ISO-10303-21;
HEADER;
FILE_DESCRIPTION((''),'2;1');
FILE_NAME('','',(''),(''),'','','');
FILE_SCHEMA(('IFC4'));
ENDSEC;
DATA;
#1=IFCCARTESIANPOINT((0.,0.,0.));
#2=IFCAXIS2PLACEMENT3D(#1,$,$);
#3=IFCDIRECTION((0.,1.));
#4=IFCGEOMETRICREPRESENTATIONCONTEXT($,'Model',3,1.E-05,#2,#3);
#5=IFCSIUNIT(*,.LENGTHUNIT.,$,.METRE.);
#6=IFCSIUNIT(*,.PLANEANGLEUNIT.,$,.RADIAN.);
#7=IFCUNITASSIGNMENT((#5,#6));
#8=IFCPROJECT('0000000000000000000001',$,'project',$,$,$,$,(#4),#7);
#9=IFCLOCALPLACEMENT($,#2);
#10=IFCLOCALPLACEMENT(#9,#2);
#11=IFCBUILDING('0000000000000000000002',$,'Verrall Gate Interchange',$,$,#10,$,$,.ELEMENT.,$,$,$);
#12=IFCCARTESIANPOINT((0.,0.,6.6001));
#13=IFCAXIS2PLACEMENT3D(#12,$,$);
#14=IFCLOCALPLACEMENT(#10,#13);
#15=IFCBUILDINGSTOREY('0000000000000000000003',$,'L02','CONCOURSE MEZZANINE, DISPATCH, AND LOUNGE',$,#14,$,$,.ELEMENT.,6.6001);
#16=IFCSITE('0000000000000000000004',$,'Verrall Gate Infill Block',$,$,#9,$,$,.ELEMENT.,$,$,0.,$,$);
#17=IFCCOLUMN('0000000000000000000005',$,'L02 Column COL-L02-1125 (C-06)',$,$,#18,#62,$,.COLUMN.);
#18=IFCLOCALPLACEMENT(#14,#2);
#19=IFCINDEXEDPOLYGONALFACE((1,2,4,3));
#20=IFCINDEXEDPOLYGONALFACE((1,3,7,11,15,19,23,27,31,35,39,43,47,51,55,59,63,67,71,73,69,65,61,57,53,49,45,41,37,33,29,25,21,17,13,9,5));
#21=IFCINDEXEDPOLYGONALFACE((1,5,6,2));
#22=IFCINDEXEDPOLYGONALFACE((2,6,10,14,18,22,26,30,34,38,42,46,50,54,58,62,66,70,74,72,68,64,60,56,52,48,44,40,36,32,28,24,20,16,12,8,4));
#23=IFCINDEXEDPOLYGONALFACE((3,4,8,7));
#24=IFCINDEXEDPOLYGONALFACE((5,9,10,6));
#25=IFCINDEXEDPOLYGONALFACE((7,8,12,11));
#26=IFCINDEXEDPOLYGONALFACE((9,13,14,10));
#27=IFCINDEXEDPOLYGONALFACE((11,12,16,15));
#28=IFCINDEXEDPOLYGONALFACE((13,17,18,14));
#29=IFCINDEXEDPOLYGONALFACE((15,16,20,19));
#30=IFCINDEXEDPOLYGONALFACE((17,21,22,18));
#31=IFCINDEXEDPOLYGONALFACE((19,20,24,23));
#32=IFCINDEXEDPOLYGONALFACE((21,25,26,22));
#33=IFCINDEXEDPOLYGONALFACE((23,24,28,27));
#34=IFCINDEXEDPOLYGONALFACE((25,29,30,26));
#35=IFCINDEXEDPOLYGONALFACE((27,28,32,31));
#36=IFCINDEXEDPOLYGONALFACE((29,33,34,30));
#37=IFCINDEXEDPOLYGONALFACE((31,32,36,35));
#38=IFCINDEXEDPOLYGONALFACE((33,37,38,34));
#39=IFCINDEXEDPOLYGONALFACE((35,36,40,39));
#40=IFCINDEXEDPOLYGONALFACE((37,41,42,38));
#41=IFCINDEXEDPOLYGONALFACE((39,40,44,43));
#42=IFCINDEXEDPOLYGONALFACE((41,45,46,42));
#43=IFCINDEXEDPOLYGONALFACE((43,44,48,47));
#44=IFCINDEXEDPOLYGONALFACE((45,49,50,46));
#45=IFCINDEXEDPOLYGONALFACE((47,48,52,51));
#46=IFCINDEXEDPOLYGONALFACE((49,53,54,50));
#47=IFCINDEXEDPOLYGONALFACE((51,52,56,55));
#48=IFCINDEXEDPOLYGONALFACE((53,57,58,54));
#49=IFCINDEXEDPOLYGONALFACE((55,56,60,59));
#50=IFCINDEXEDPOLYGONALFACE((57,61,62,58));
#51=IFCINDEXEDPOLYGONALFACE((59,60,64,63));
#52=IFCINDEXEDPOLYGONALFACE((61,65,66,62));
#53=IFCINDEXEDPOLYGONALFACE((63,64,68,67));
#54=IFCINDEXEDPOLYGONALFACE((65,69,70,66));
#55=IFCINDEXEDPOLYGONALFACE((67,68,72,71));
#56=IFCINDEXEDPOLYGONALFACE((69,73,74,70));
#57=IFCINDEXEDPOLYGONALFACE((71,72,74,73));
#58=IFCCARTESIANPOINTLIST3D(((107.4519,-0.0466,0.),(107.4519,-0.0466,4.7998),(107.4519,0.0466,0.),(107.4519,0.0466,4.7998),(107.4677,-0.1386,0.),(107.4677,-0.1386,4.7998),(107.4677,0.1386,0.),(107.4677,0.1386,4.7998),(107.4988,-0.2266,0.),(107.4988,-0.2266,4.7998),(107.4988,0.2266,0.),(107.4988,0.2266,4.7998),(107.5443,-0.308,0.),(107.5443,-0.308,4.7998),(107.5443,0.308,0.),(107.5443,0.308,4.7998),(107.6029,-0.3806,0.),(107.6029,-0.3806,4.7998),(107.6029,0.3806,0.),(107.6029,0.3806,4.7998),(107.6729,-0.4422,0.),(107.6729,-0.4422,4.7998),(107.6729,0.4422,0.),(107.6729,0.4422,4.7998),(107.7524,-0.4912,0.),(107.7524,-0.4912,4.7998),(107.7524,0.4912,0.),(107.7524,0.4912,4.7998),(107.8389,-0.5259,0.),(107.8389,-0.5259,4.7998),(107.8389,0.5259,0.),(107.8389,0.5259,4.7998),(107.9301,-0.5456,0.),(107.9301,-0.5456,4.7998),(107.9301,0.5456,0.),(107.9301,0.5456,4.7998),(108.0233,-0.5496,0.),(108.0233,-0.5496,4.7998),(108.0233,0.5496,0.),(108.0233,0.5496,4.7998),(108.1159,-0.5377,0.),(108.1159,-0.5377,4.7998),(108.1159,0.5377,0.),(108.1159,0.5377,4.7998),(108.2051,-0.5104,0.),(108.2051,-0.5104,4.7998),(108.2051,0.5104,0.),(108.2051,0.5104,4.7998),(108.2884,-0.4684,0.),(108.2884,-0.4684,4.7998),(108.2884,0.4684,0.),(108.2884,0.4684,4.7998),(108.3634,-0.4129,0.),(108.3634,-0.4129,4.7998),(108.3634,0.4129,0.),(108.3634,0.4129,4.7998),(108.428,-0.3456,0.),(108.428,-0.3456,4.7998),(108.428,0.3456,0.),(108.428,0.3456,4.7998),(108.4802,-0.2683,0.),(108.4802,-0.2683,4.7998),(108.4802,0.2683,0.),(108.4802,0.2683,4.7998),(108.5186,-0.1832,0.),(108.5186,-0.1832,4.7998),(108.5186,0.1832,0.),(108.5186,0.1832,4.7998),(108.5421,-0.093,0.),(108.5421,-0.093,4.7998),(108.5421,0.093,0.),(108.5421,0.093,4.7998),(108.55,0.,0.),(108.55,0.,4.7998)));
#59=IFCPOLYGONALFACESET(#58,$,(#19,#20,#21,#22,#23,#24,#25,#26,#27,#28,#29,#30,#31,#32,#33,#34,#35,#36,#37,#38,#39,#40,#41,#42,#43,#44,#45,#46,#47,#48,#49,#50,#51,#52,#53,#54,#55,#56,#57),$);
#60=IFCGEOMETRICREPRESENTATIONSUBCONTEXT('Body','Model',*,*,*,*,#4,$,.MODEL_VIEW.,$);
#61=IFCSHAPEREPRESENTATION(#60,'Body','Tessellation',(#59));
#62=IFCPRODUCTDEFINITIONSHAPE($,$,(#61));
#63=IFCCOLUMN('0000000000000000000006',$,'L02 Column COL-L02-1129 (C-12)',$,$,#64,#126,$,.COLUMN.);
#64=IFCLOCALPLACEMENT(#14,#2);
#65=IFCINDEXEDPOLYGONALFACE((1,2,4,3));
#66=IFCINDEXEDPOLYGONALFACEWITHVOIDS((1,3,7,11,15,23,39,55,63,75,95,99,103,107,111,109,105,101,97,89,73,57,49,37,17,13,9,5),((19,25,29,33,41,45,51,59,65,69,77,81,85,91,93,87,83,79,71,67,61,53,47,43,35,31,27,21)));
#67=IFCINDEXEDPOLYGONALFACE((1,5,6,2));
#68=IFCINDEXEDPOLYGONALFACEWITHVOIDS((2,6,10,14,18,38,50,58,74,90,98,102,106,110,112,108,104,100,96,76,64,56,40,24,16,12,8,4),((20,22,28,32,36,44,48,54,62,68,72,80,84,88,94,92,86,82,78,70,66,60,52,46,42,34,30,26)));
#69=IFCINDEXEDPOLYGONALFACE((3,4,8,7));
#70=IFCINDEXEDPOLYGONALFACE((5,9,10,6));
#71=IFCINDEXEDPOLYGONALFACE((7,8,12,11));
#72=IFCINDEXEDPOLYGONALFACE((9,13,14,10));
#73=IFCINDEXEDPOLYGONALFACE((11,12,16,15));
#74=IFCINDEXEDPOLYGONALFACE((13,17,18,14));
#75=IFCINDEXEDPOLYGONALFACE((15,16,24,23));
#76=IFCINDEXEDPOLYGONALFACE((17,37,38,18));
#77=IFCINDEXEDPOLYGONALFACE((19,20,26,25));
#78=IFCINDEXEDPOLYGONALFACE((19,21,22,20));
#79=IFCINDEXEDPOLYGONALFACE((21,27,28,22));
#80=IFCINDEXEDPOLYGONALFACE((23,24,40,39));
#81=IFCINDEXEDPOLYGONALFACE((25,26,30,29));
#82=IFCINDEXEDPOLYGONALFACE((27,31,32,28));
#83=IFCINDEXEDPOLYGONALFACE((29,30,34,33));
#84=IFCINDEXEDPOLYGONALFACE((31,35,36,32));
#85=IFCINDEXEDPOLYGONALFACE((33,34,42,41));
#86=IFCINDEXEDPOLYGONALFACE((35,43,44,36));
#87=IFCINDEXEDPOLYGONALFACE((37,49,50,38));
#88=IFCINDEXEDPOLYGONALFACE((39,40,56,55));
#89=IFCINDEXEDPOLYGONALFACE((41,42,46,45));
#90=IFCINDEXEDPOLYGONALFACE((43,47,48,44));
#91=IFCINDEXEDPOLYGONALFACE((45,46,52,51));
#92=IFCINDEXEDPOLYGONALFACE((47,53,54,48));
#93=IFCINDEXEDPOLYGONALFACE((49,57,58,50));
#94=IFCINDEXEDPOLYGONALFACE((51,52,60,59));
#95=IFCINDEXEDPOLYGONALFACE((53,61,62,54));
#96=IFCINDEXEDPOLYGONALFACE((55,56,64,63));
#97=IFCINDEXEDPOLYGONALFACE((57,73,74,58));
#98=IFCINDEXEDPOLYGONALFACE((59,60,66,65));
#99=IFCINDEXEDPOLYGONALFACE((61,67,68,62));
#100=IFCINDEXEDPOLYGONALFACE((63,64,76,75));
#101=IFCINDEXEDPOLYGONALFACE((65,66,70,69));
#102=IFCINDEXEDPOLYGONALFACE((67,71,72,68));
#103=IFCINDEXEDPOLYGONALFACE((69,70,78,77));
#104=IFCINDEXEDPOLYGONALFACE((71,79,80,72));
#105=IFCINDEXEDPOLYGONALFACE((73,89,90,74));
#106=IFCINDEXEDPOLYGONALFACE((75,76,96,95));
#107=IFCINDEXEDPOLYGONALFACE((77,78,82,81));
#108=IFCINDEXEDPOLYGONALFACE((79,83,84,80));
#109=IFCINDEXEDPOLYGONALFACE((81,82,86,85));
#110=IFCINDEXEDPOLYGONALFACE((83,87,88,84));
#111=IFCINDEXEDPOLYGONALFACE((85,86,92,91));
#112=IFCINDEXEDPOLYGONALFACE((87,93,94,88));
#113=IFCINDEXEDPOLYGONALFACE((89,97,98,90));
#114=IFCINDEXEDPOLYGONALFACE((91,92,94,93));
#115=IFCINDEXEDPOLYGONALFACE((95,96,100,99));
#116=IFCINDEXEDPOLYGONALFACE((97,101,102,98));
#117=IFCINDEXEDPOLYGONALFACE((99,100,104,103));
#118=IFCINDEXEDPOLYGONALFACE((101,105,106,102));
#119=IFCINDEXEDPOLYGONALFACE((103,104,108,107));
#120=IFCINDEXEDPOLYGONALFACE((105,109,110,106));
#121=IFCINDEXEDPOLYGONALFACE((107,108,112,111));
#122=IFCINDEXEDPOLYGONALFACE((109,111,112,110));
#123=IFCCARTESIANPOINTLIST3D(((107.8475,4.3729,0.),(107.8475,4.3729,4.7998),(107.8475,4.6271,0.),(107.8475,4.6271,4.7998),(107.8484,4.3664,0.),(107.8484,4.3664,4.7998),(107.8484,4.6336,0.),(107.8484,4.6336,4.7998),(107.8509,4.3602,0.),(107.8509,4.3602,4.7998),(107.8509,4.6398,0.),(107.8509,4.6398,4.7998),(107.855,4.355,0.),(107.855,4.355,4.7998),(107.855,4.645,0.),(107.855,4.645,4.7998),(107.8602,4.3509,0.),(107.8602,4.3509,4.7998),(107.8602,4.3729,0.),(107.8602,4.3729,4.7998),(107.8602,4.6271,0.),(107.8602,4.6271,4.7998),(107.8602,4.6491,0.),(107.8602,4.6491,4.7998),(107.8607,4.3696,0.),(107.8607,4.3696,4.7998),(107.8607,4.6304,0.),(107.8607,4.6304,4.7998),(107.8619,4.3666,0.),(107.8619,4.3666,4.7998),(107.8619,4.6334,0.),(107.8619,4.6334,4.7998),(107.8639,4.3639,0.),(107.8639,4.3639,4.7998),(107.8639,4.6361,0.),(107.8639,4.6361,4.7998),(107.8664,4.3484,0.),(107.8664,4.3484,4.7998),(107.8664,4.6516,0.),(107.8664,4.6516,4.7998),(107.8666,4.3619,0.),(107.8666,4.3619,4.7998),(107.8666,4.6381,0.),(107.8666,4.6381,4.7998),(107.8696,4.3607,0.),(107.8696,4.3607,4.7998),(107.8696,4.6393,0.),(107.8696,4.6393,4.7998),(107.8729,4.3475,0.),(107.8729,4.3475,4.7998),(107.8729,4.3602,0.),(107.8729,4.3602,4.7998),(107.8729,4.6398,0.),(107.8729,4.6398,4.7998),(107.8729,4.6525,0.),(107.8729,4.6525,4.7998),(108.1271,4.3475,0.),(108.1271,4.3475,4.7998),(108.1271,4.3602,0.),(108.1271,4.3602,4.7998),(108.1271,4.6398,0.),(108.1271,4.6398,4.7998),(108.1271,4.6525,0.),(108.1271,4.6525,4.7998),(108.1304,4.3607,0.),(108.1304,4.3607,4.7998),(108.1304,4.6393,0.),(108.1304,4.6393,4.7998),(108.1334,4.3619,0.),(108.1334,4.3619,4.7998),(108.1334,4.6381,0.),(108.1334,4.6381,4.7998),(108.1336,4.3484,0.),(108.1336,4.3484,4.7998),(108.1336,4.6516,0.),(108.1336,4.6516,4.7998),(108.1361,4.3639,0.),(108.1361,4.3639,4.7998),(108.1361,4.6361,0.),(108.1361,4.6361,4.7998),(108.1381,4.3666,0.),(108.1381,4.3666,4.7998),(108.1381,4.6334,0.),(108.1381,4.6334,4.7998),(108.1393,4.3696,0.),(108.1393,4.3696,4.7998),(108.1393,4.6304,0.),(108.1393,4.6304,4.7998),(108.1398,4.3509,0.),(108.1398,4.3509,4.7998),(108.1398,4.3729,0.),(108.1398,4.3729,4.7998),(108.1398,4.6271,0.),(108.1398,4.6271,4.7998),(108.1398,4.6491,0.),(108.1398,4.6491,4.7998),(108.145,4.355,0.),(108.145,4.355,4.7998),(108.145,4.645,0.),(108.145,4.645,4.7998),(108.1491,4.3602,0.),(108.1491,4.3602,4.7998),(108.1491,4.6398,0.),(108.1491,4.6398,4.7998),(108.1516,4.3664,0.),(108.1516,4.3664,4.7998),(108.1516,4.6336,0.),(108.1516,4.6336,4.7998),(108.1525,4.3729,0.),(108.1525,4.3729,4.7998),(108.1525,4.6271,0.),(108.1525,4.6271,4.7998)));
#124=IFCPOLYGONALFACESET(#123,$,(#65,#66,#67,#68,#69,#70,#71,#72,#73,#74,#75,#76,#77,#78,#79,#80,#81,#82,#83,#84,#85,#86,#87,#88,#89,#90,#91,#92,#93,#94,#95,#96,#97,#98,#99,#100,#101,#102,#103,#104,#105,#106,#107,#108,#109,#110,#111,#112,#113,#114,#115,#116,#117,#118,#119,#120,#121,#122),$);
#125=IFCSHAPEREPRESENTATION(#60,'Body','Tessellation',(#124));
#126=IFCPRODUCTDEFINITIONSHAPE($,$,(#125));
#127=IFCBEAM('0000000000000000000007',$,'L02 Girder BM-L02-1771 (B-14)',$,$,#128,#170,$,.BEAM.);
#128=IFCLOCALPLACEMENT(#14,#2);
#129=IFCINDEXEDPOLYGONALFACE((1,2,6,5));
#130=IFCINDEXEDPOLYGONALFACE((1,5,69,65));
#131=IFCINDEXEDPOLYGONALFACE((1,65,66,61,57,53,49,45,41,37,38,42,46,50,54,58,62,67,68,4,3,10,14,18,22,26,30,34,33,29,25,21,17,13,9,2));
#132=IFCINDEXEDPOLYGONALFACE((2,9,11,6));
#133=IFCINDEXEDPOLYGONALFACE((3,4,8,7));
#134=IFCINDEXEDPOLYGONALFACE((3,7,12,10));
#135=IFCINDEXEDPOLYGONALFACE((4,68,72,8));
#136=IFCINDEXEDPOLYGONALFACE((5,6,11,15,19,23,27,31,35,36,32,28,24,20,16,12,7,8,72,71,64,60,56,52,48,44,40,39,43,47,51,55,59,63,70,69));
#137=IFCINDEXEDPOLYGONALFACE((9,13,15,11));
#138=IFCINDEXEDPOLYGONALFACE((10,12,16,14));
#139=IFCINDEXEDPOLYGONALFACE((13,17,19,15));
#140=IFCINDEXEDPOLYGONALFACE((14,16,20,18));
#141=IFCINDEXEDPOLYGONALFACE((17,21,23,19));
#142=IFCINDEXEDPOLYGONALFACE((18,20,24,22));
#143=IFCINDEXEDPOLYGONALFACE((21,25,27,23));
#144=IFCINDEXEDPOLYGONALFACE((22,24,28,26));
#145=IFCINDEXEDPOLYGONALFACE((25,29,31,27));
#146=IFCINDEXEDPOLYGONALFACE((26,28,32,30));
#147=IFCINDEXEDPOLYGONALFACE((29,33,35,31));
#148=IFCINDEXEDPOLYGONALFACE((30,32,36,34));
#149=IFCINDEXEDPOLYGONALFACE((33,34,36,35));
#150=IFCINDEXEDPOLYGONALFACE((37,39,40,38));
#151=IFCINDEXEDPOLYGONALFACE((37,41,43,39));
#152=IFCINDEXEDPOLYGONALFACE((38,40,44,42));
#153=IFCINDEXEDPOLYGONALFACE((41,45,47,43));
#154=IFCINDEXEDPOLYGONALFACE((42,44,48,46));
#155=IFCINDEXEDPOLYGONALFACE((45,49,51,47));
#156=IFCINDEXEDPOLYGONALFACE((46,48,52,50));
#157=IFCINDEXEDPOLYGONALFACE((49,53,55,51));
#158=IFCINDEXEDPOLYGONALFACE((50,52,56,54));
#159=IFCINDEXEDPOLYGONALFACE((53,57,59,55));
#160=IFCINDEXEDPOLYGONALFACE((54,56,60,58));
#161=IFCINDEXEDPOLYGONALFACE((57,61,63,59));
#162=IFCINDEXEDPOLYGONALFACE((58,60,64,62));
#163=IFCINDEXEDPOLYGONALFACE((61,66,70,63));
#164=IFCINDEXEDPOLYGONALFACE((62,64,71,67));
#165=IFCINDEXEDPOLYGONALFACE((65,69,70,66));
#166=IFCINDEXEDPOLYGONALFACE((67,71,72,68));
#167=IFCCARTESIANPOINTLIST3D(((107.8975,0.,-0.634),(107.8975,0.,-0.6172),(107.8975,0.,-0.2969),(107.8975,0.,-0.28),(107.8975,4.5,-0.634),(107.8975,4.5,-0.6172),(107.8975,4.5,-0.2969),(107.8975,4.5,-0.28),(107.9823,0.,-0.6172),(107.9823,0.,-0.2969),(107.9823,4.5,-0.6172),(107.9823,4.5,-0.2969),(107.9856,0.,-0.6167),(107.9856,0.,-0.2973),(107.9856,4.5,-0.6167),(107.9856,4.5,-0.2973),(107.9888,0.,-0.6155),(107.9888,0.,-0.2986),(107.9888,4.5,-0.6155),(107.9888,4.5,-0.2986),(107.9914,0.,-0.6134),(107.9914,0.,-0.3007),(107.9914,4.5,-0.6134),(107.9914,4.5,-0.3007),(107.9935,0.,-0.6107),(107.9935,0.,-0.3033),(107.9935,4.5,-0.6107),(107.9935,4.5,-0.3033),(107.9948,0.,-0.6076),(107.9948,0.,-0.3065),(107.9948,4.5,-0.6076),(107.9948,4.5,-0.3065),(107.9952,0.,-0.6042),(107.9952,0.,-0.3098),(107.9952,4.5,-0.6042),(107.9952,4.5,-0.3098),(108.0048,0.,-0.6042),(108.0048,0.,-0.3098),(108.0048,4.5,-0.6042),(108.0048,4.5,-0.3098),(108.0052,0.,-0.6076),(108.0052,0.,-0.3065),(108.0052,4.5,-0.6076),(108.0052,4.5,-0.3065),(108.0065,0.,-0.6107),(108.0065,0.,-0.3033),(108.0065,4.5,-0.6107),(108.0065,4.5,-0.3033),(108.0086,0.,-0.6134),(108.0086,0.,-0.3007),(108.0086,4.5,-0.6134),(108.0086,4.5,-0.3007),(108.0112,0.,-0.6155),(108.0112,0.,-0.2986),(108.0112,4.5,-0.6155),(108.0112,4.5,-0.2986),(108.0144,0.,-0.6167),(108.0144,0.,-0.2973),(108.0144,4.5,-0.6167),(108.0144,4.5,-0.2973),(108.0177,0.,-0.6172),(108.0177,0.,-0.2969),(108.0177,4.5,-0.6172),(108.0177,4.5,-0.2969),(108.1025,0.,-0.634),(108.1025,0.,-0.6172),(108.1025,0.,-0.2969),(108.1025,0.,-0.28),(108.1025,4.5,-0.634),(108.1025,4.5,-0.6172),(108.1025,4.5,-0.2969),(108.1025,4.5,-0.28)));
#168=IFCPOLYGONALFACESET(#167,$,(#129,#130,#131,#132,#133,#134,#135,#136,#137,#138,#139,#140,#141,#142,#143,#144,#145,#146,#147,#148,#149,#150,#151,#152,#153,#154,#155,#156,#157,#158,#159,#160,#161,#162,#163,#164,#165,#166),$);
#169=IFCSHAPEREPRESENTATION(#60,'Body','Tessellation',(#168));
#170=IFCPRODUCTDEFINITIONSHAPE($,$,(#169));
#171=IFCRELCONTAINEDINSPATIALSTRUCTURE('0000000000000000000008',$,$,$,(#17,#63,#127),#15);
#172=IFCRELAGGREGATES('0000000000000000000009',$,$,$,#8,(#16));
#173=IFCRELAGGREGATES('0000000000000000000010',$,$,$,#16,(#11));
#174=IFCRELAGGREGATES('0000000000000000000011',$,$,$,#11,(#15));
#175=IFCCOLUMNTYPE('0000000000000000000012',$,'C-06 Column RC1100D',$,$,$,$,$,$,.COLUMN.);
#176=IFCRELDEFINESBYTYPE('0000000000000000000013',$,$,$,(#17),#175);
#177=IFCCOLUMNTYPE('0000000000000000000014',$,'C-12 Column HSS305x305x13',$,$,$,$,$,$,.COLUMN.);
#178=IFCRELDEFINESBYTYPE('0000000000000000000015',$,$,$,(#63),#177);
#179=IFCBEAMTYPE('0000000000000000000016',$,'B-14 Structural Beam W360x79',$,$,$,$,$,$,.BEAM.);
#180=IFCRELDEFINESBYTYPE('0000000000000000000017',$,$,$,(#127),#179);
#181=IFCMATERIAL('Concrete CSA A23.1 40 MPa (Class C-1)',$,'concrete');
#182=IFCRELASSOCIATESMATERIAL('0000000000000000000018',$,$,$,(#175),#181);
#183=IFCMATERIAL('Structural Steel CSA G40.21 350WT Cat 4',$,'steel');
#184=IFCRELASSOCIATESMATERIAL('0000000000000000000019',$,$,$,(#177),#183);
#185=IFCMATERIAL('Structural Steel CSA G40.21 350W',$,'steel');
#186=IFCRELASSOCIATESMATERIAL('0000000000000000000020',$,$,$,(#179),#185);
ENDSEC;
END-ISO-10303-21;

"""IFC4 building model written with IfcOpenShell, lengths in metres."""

from ifc_helpers import new_model, si_unit, direction, frame, origin, origin_2d, place, context, subcontext, project, spatial, hollow_rectangle, circle, i_section, extrude, material, material_profile, profile_set, type_object, element, save


model = new_model("IFC4")

# Units and contexts
model_context = context("Model", 3, precision=1e-05, world=origin(), true_north=direction((0.0, 1.0)))
body_context = subcontext(model_context, "Body", "Model", "MODEL_VIEW")
ifc_project = project(units=[si_unit("LENGTHUNIT", "METRE"), si_unit("PLANEANGLEUNIT", "RADIAN")], contexts=[model_context])

# Site, building, storey
site_placement = place(None, origin())
site = spatial("IfcSite", under=ifc_project, at=site_placement, Name="Verrall Gate Infill Block", CompositionType="ELEMENT", RefElevation=0.0)
building_placement = place(site_placement, origin())
building = spatial("IfcBuilding", under=site, at=building_placement, Name="Verrall Gate Interchange", CompositionType="ELEMENT")
storey_placement = place(building_placement, frame((0.0, 0.0, 6.6001)))
storey = spatial("IfcBuildingStorey", under=building, at=storey_placement, Name="L02", Description="CONCOURSE MEZZANINE, DISPATCH, AND LOUNGE", CompositionType="ELEMENT", Elevation=6.6001)

# Columns
ifc_material_1 = material(Name="Concrete CSA A23.1 40 MPa (Class C-1)", Category="concrete")
ifc_material_profile_1 = material_profile(ifc_material_1, circle(Radius=0.55, at=origin_2d()), Name="RC1100D")
ifc_profile_set_1 = profile_set([ifc_material_profile_1], Name="Concrete CSA A23.1 40 MPa (Class C-1)")
column_type_1 = type_object("IfcColumnType", Name="C-06 Column RC1100D", PredefinedType="COLUMN", material=ifc_profile_set_1)
column_1_placement = place(storey_placement, frame((108.0, 0.0, 0.0), z_axis=(0.0, 0.0, 1.0), x_axis=(1.0, 0.0, 0.0)))
element("IfcColumn", 1, at=column_1_placement, inside=storey, type_object=column_type_1, Name="L02 Column COL-L02-1125 (C-06)", PredefinedType="COLUMN", context=body_context, shape_type="SweptSolid", body=[
    extrude(circle(Radius=0.55, at=origin_2d()), origin(), (0.0, 0.0, 1.0), 4.7998),
])
ifc_material_2 = material(Name="Structural Steel CSA G40.21 350WT Cat 4", Category="steel")
ifc_material_profile_2 = material_profile(ifc_material_2, hollow_rectangle(XDim=0.3049, YDim=0.3049, WallThickness=0.0127, InnerFilletRadius=0.0127, OuterFilletRadius=0.0254, at=origin_2d()), Name="HSS305x305x13")
ifc_profile_set_2 = profile_set([ifc_material_profile_2], Name="Structural Steel CSA G40.21 350WT Cat 4")
column_type_2 = type_object("IfcColumnType", Name="C-12 Column HSS305x305x13", PredefinedType="COLUMN", material=ifc_profile_set_2)
column_2_placement = place(storey_placement, frame((108.0, 4.5, 0.0), z_axis=(0.0, 0.0, 1.0), x_axis=(1.0, 0.0, 0.0)))
element("IfcColumn", 2, at=column_2_placement, inside=storey, type_object=column_type_2, Name="L02 Column COL-L02-1129 (C-12)", PredefinedType="COLUMN", context=body_context, shape_type="SweptSolid", body=[
    extrude(hollow_rectangle(XDim=0.3049, YDim=0.3049, WallThickness=0.0127, InnerFilletRadius=0.0127, OuterFilletRadius=0.0254, at=origin_2d()), origin(), (0.0, 0.0, 1.0), 4.7998),
])

# Beam
ifc_material_3 = material(Name="Structural Steel CSA G40.21 350W", Category="steel")
ifc_material_profile_3 = material_profile(ifc_material_3, i_section(OverallWidth=0.2051, OverallDepth=0.354, WebThickness=0.0095, FlangeThickness=0.0168, FilletRadius=0.0129, at=origin_2d()), Name="W360x79")
ifc_profile_set_3 = profile_set([ifc_material_profile_3], Name="Structural Steel CSA G40.21 350W")
beam_type_1 = type_object("IfcBeamType", Name="B-14 Structural Beam W360x79", PredefinedType="BEAM", material=ifc_profile_set_3)
beam_1_placement = place(storey_placement, frame((108.0, 0.0, -0.457), z_axis=(0.0, 1.0, 0.0), x_axis=(-1.0, 0.0, 0.0)))
element("IfcBeam", 3, at=beam_1_placement, inside=storey, type_object=beam_type_1, Name="L02 Girder BM-L02-1771 (B-14)", PredefinedType="BEAM", context=body_context, shape_type="SweptSolid", body=[
    extrude(i_section(OverallWidth=0.2051, OverallDepth=0.354, WebThickness=0.0095, FlangeThickness=0.0168, FilletRadius=0.0129, at=origin_2d()), origin(), (0.0, 0.0, 1.0), 4.5),
])

save(model, "model.ifc")
